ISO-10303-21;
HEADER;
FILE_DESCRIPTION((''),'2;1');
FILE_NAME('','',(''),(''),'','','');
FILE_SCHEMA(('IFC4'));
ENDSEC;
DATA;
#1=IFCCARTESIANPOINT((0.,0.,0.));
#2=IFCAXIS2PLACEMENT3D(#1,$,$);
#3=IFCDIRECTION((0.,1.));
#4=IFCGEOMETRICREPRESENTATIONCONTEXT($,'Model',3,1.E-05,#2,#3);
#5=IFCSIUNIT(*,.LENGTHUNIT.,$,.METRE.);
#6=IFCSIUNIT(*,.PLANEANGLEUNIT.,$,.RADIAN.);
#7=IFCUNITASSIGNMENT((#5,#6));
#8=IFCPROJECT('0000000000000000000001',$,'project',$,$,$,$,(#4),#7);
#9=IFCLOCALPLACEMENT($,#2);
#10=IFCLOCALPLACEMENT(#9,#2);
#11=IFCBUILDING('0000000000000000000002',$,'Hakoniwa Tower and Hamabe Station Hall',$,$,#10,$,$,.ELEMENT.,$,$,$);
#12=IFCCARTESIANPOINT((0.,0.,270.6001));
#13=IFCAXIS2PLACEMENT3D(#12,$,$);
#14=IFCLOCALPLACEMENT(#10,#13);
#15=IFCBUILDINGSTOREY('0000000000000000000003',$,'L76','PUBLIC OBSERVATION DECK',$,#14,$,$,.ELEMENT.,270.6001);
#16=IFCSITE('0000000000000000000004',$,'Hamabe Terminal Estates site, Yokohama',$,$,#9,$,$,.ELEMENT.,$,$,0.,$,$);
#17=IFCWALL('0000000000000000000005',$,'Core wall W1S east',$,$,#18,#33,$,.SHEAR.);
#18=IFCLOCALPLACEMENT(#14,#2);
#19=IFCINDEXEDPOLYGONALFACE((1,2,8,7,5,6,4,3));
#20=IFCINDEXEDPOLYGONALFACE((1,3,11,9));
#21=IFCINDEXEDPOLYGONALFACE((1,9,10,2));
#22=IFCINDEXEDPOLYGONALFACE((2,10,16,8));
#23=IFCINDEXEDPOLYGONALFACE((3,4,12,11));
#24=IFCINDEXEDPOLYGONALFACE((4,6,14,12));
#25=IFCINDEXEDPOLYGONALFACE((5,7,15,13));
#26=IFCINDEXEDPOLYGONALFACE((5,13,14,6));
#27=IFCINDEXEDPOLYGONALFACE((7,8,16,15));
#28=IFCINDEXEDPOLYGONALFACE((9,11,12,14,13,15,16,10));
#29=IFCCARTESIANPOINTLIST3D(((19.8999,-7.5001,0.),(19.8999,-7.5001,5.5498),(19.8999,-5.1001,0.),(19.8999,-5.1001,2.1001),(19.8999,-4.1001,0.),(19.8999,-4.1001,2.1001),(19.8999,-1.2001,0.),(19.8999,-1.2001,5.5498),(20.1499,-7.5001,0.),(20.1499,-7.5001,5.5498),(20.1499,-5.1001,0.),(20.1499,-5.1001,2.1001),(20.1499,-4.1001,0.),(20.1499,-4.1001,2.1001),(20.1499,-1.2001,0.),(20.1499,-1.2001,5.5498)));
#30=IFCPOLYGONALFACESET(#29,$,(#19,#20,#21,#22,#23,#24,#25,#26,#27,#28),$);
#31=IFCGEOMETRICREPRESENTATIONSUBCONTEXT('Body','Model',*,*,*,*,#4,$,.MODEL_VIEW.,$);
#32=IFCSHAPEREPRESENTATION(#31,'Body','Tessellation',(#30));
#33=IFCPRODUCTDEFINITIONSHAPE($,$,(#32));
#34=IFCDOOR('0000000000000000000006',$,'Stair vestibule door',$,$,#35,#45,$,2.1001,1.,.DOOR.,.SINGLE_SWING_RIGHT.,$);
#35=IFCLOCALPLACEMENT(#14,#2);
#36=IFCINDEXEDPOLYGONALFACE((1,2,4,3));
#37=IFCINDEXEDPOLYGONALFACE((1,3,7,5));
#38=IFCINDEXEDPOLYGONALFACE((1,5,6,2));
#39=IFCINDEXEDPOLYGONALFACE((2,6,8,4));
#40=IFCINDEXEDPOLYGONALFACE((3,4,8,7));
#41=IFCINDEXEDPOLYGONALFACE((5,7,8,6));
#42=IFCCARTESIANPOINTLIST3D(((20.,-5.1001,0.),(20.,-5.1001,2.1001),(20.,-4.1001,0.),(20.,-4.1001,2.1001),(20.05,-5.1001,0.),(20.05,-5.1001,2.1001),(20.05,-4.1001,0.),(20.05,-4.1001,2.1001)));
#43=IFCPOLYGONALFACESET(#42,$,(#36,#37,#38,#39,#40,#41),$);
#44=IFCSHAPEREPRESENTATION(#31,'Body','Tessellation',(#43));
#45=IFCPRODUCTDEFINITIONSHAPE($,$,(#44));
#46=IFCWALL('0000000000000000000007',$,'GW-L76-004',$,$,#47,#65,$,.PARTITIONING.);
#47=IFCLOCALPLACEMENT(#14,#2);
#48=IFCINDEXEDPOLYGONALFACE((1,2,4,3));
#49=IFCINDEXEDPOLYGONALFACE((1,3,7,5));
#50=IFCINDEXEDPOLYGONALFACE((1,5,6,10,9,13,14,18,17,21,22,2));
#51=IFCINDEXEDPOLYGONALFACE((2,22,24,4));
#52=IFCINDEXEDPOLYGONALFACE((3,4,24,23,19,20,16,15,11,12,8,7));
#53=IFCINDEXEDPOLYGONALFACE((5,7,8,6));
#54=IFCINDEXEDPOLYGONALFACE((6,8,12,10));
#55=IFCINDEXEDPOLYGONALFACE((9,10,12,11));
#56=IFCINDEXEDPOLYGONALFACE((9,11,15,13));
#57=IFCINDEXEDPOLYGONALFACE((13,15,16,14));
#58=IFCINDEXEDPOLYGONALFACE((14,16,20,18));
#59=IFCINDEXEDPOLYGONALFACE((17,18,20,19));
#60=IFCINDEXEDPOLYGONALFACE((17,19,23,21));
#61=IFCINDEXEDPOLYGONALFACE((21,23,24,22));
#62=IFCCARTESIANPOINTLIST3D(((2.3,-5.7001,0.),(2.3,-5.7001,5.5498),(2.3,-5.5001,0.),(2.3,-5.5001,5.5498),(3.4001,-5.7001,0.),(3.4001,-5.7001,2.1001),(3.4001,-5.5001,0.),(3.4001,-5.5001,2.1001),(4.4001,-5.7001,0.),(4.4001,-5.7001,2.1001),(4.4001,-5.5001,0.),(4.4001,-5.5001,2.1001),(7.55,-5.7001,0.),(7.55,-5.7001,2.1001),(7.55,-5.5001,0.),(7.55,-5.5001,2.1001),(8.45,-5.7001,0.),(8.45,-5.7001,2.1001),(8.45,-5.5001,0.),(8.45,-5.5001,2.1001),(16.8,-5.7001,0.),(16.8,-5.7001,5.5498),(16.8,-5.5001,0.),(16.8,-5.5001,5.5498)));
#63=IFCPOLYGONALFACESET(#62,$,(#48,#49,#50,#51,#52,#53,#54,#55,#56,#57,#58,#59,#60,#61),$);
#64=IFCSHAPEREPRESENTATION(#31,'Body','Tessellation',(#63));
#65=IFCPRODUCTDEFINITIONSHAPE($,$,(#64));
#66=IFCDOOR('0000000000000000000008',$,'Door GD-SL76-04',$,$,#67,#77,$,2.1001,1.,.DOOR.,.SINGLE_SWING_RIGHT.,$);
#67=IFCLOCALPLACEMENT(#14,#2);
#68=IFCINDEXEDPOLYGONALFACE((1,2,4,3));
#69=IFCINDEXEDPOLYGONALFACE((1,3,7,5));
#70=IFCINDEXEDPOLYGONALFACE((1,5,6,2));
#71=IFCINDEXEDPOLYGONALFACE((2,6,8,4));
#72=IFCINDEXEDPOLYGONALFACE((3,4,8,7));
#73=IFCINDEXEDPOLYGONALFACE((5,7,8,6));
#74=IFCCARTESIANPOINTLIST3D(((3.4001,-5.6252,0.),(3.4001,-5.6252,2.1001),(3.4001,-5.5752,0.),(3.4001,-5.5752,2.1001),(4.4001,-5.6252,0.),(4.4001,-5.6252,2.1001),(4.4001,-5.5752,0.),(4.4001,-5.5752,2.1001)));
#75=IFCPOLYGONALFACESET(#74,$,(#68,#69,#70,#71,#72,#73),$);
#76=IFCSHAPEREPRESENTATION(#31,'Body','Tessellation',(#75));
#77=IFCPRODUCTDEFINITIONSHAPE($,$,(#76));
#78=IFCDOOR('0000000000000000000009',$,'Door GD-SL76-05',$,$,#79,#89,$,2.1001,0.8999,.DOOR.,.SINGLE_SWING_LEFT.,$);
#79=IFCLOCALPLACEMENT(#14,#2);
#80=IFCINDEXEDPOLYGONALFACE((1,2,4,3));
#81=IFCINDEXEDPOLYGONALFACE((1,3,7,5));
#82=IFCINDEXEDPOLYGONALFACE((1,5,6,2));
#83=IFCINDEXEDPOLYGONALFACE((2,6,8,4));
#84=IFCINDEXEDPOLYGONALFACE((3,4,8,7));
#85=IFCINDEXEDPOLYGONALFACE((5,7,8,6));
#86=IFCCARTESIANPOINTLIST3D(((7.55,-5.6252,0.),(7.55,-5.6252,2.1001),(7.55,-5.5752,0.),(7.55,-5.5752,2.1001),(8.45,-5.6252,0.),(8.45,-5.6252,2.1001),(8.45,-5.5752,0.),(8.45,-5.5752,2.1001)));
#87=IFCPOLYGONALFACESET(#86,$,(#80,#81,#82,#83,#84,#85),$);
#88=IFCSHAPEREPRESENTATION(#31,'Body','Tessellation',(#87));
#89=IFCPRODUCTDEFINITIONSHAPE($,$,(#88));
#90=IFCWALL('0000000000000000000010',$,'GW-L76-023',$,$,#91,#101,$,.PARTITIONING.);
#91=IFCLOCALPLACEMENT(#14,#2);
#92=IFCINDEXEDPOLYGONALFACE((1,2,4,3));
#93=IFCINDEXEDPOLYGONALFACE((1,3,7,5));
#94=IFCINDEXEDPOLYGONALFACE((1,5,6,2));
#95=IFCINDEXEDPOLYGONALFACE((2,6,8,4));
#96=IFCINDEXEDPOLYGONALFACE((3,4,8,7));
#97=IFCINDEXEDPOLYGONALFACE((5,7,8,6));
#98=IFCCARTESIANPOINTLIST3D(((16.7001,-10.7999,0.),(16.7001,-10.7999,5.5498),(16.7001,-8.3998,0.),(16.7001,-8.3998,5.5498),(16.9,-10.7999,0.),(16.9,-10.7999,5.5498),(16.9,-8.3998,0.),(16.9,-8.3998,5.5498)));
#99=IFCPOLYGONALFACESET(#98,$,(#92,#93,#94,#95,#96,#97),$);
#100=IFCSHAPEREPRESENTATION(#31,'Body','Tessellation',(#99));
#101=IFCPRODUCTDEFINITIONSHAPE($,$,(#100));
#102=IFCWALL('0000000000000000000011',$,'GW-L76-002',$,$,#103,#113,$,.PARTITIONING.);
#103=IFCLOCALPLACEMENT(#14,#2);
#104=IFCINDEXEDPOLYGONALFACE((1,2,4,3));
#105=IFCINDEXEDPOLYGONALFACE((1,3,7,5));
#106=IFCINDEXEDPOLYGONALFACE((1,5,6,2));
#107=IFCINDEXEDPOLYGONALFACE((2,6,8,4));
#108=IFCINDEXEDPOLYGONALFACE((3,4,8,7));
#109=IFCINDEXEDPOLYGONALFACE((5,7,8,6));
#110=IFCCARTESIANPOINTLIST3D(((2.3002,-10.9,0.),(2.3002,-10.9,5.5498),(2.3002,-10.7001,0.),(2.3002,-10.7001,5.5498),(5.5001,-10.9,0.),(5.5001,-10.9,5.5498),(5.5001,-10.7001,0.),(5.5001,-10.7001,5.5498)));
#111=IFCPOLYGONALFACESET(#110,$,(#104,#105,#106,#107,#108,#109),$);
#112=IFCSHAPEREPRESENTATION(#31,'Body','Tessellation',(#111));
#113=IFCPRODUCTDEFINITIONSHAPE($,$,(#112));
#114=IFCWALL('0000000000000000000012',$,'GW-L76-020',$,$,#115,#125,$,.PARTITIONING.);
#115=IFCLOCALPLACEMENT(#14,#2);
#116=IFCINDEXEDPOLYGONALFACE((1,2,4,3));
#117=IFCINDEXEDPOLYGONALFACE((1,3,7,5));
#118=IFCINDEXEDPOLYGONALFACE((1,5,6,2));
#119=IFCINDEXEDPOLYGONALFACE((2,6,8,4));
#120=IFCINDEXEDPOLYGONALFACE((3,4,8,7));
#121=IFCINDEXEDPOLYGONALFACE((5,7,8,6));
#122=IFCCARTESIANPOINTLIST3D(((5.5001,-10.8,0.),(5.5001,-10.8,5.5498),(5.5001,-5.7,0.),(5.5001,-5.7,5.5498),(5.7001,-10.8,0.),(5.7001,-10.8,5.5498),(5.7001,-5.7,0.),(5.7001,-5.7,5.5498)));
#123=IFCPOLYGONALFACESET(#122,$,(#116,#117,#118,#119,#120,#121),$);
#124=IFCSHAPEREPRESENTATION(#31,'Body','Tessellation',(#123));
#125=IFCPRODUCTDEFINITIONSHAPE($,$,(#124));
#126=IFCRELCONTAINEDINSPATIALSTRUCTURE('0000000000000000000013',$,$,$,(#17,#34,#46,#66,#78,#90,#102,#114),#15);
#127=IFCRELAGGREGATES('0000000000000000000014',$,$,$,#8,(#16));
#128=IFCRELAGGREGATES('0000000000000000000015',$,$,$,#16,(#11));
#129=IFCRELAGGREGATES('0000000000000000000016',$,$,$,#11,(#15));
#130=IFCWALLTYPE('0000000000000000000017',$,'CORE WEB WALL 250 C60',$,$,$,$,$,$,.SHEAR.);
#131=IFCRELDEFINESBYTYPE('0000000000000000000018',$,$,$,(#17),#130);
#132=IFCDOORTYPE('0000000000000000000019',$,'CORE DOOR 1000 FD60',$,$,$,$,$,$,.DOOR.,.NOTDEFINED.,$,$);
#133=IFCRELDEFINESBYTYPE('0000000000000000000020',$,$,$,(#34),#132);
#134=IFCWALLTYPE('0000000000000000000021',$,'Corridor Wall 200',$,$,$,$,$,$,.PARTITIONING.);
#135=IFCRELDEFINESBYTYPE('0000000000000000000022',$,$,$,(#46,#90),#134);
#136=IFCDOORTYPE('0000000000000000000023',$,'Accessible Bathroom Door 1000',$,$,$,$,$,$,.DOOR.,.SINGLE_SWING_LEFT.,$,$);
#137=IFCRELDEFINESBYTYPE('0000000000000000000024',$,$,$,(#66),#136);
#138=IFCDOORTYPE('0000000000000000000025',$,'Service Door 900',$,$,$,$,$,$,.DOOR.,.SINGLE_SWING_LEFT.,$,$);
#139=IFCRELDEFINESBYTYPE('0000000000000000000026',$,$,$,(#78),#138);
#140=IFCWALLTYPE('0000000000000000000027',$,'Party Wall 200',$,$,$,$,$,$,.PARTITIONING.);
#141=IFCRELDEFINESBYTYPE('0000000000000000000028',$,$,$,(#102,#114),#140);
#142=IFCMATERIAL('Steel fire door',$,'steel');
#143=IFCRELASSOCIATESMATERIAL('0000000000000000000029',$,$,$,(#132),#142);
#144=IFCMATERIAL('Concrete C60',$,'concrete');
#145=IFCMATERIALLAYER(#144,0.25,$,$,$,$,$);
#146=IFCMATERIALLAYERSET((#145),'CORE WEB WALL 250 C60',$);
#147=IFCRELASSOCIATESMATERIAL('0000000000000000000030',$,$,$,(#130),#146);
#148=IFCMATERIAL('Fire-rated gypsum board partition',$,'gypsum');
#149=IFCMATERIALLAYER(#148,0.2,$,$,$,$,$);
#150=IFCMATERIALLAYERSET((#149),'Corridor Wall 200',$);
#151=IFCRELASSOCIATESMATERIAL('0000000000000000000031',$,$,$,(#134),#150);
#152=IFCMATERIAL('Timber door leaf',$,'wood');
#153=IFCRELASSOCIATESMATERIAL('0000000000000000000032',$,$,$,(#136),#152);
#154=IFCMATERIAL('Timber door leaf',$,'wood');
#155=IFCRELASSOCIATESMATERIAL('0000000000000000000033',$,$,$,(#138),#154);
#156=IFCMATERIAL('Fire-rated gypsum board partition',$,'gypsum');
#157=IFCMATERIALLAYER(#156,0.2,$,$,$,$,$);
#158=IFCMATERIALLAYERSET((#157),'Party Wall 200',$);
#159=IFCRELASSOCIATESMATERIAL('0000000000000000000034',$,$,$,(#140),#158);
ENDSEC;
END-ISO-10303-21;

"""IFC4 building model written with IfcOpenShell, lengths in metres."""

from ifc_helpers import new_model, si_unit, direction, frame, frame_2d, origin, place, context, subcontext, project, spatial, rectangle, extrude, material, layer, layer_set, type_object, element, fill, save


model = new_model("IFC4")

# Units and contexts
model_context = context("Model", 3, precision=1e-05, world=origin(), true_north=direction((0.0, 1.0)))
body_context = subcontext(model_context, "Body", "Model", "MODEL_VIEW")
ifc_project = project(units=[si_unit("LENGTHUNIT", "METRE"), si_unit("PLANEANGLEUNIT", "RADIAN")], contexts=[model_context])

# Site, building, storey
site_placement = place(None, origin())
site = spatial("IfcSite", under=ifc_project, at=site_placement, Name="Hamabe Terminal Estates site, Yokohama", CompositionType="ELEMENT", RefElevation=0.0)
building_placement = place(site_placement, origin())
building = spatial("IfcBuilding", under=site, at=building_placement, Name="Hakoniwa Tower and Hamabe Station Hall", CompositionType="ELEMENT")
storey_placement = place(building_placement, frame((0.0, 0.0, 270.6001)))
storey = spatial("IfcBuildingStorey", under=building, at=storey_placement, Name="L76", Description="PUBLIC OBSERVATION DECK", CompositionType="ELEMENT", Elevation=270.6001)

# Shared definitions
ifc_material_1 = material(Name="Steel fire door", Category="steel")
door_type_1 = type_object("IfcDoorType", Name="CORE DOOR 1000 FD60", OperationType="NOTDEFINED", PredefinedType="DOOR", material=ifc_material_1)

# Wall, opening, door
ifc_material_2 = material(Name="Concrete C60", Category="concrete")
ifc_layer_1 = layer(ifc_material_2, 0.25)
ifc_layer_set_1 = layer_set([ifc_layer_1], Name="CORE WEB WALL 250 C60")
wall_type_1 = type_object("IfcWallType", Name="CORE WEB WALL 250 C60", PredefinedType="SHEAR", material=ifc_layer_set_1)
wall_1_placement = place(storey_placement, frame((20.0249, -7.5, 0.0), z_axis=(0.0, 0.0, 1.0), x_axis=(0.0, 1.0, 0.0)))
wall_1 = element("IfcWall", 1, at=wall_1_placement, inside=storey, type_object=wall_type_1, Name="Core wall W1S east", PredefinedType="SHEAR", context=body_context, shape_type="SweptSolid", body=[
    extrude(rectangle(XDim=6.3, YDim=0.25, at=frame_2d((3.1499, 0.0))), origin(), (0.0, 0.0, 1.0), 5.5498),
])
opening_1_placement = place(wall_1_placement, frame((2.3999, 0.0, 0.0)))
opening_1 = element("IfcOpeningElement", 2, at=opening_1_placement, cuts=wall_1, PredefinedType="OPENING", context=body_context, shape_type="SweptSolid", body=[
    extrude(rectangle(XDim=1.0, YDim=2.1001, at=frame_2d((0.5, 1.05))), frame((0.0, 0.135, 0.0), z_axis=(0.0, -1.0, 0.0), x_axis=(1.0, 0.0, 0.0)), (0.0, 0.0, 1.0), 0.27),
])
door_1_placement = place(opening_1_placement, origin())
door_1 = element("IfcDoor", 3, at=door_1_placement, inside=storey, type_object=door_type_1, Name="Stair vestibule door", OperationType="SINGLE_SWING_RIGHT", OverallHeight=2.1001, OverallWidth=1.0, PredefinedType="DOOR", context=body_context, shape_type="SweptSolid", body=[
    extrude(rectangle(XDim=1.0, YDim=2.1001, at=frame_2d((0.5, 1.05))), frame((0.0, 0.0249, 0.0), z_axis=(0.0, -1.0, 0.0), x_axis=(1.0, 0.0, 0.0)), (0.0, 0.0, 1.0), 0.05),
])
fill(opening_1, door_1)

# Wall, openings, doors
ifc_material_3 = material(Name="Fire-rated gypsum board partition", Category="gypsum")
ifc_layer_2 = layer(ifc_material_3, 0.2)
ifc_layer_set_2 = layer_set([ifc_layer_2], Name="Corridor Wall 200")
wall_type_2 = type_object("IfcWallType", Name="Corridor Wall 200", PredefinedType="PARTITIONING", material=ifc_layer_set_2)
wall_2_placement = place(storey_placement, frame((2.3, -5.6001, 0.0), z_axis=(0.0, 0.0, 1.0), x_axis=(1.0, 0.0, 0.0)))
wall_2 = element("IfcWall", 4, at=wall_2_placement, inside=storey, type_object=wall_type_2, Name="GW-L76-004", PredefinedType="PARTITIONING", context=body_context, shape_type="SweptSolid", body=[
    extrude(rectangle(XDim=14.5, YDim=0.2, at=frame_2d((7.25, 0.0))), origin(), (0.0, 0.0, 1.0), 5.5498),
])
opening_2_placement = place(wall_2_placement, frame((1.1001, 0.0, 0.0)))
opening_2 = element("IfcOpeningElement", 5, at=opening_2_placement, cuts=wall_2, PredefinedType="OPENING", context=body_context, shape_type="SweptSolid", body=[
    extrude(rectangle(XDim=1.0, YDim=2.1001, at=frame_2d((0.5, 1.05))), frame((0.0, 0.1099, 0.0), z_axis=(0.0, -1.0, 0.0), x_axis=(1.0, 0.0, 0.0)), (0.0, 0.0, 1.0), 0.22),
])
opening_3_placement = place(wall_2_placement, frame((5.25, 0.0, 0.0)))
opening_3 = element("IfcOpeningElement", 6, at=opening_3_placement, cuts=wall_2, PredefinedType="OPENING", context=body_context, shape_type="SweptSolid", body=[
    extrude(rectangle(XDim=0.8999, YDim=2.1001, at=frame_2d((0.45, 1.05))), frame((0.0, 0.1099, 0.0), z_axis=(0.0, -1.0, 0.0), x_axis=(1.0, 0.0, 0.0)), (0.0, 0.0, 1.0), 0.22),
])
ifc_material_4 = material(Name="Timber door leaf", Category="wood")
door_type_2 = type_object("IfcDoorType", Name="Accessible Bathroom Door 1000", OperationType="SINGLE_SWING_LEFT", PredefinedType="DOOR", material=ifc_material_4)
door_2_placement = place(opening_2_placement, origin())
door_2 = element("IfcDoor", 7, at=door_2_placement, inside=storey, type_object=door_type_2, Name="Door GD-SL76-04", OperationType="SINGLE_SWING_RIGHT", OverallHeight=2.1001, OverallWidth=1.0, PredefinedType="DOOR", context=body_context, shape_type="SweptSolid", body=[
    extrude(rectangle(XDim=1.0, YDim=2.1001, at=frame_2d((0.5, 1.05))), frame((0.0, 0.0249, 0.0), z_axis=(0.0, -1.0, 0.0), x_axis=(1.0, 0.0, 0.0)), (0.0, 0.0, 1.0), 0.05),
])
fill(opening_2, door_2)
ifc_material_5 = material(Name="Timber door leaf", Category="wood")
door_type_3 = type_object("IfcDoorType", Name="Service Door 900", OperationType="SINGLE_SWING_LEFT", PredefinedType="DOOR", material=ifc_material_5)
door_3_placement = place(opening_3_placement, origin())
door_3 = element("IfcDoor", 8, at=door_3_placement, inside=storey, type_object=door_type_3, Name="Door GD-SL76-05", OperationType="SINGLE_SWING_LEFT", OverallHeight=2.1001, OverallWidth=0.8999, PredefinedType="DOOR", context=body_context, shape_type="SweptSolid", body=[
    extrude(rectangle(XDim=0.8999, YDim=2.1001, at=frame_2d((0.45, 1.05))), frame((0.0, 0.0249, 0.0), z_axis=(0.0, -1.0, 0.0), x_axis=(1.0, 0.0, 0.0)), (0.0, 0.0, 1.0), 0.05),
])
fill(opening_3, door_3)

# Walls
wall_3_placement = place(storey_placement, frame((16.8, -10.8, 0.0), z_axis=(0.0, 0.0, 1.0), x_axis=(0.0, 1.0, 0.0)))
element("IfcWall", 9, at=wall_3_placement, inside=storey, type_object=wall_type_2, Name="GW-L76-023", PredefinedType="PARTITIONING", context=body_context, shape_type="SweptSolid", body=[
    extrude(rectangle(XDim=2.4001, YDim=0.2, at=frame_2d((1.2002, 0.0))), origin(), (0.0, 0.0, 1.0), 5.5498),
])
ifc_material_6 = material(Name="Fire-rated gypsum board partition", Category="gypsum")
ifc_layer_3 = layer(ifc_material_6, 0.2)
ifc_layer_set_3 = layer_set([ifc_layer_3], Name="Party Wall 200")
wall_type_3 = type_object("IfcWallType", Name="Party Wall 200", PredefinedType="PARTITIONING", material=ifc_layer_set_3)
wall_4_placement = place(storey_placement, frame((2.3, -10.8, 0.0), z_axis=(0.0, 0.0, 1.0), x_axis=(1.0, 0.0, 0.0)))
element("IfcWall", 10, at=wall_4_placement, inside=storey, type_object=wall_type_3, Name="GW-L76-002", PredefinedType="PARTITIONING", context=body_context, shape_type="SweptSolid", body=[
    extrude(rectangle(XDim=3.2, YDim=0.2, at=frame_2d((1.6001, 0.0))), origin(), (0.0, 0.0, 1.0), 5.5498),
])
wall_5_placement = place(storey_placement, frame((5.6001, -10.8, 0.0), z_axis=(0.0, 0.0, 1.0), x_axis=(0.0, 1.0, 0.0)))
element("IfcWall", 11, at=wall_5_placement, inside=storey, type_object=wall_type_3, Name="GW-L76-020", PredefinedType="PARTITIONING", context=body_context, shape_type="SweptSolid", body=[
    extrude(rectangle(XDim=5.1001, YDim=0.2, at=frame_2d((2.55, 0.0))), origin(), (0.0, 0.0, 1.0), 5.5498),
])

save(model, "model.ifc")
